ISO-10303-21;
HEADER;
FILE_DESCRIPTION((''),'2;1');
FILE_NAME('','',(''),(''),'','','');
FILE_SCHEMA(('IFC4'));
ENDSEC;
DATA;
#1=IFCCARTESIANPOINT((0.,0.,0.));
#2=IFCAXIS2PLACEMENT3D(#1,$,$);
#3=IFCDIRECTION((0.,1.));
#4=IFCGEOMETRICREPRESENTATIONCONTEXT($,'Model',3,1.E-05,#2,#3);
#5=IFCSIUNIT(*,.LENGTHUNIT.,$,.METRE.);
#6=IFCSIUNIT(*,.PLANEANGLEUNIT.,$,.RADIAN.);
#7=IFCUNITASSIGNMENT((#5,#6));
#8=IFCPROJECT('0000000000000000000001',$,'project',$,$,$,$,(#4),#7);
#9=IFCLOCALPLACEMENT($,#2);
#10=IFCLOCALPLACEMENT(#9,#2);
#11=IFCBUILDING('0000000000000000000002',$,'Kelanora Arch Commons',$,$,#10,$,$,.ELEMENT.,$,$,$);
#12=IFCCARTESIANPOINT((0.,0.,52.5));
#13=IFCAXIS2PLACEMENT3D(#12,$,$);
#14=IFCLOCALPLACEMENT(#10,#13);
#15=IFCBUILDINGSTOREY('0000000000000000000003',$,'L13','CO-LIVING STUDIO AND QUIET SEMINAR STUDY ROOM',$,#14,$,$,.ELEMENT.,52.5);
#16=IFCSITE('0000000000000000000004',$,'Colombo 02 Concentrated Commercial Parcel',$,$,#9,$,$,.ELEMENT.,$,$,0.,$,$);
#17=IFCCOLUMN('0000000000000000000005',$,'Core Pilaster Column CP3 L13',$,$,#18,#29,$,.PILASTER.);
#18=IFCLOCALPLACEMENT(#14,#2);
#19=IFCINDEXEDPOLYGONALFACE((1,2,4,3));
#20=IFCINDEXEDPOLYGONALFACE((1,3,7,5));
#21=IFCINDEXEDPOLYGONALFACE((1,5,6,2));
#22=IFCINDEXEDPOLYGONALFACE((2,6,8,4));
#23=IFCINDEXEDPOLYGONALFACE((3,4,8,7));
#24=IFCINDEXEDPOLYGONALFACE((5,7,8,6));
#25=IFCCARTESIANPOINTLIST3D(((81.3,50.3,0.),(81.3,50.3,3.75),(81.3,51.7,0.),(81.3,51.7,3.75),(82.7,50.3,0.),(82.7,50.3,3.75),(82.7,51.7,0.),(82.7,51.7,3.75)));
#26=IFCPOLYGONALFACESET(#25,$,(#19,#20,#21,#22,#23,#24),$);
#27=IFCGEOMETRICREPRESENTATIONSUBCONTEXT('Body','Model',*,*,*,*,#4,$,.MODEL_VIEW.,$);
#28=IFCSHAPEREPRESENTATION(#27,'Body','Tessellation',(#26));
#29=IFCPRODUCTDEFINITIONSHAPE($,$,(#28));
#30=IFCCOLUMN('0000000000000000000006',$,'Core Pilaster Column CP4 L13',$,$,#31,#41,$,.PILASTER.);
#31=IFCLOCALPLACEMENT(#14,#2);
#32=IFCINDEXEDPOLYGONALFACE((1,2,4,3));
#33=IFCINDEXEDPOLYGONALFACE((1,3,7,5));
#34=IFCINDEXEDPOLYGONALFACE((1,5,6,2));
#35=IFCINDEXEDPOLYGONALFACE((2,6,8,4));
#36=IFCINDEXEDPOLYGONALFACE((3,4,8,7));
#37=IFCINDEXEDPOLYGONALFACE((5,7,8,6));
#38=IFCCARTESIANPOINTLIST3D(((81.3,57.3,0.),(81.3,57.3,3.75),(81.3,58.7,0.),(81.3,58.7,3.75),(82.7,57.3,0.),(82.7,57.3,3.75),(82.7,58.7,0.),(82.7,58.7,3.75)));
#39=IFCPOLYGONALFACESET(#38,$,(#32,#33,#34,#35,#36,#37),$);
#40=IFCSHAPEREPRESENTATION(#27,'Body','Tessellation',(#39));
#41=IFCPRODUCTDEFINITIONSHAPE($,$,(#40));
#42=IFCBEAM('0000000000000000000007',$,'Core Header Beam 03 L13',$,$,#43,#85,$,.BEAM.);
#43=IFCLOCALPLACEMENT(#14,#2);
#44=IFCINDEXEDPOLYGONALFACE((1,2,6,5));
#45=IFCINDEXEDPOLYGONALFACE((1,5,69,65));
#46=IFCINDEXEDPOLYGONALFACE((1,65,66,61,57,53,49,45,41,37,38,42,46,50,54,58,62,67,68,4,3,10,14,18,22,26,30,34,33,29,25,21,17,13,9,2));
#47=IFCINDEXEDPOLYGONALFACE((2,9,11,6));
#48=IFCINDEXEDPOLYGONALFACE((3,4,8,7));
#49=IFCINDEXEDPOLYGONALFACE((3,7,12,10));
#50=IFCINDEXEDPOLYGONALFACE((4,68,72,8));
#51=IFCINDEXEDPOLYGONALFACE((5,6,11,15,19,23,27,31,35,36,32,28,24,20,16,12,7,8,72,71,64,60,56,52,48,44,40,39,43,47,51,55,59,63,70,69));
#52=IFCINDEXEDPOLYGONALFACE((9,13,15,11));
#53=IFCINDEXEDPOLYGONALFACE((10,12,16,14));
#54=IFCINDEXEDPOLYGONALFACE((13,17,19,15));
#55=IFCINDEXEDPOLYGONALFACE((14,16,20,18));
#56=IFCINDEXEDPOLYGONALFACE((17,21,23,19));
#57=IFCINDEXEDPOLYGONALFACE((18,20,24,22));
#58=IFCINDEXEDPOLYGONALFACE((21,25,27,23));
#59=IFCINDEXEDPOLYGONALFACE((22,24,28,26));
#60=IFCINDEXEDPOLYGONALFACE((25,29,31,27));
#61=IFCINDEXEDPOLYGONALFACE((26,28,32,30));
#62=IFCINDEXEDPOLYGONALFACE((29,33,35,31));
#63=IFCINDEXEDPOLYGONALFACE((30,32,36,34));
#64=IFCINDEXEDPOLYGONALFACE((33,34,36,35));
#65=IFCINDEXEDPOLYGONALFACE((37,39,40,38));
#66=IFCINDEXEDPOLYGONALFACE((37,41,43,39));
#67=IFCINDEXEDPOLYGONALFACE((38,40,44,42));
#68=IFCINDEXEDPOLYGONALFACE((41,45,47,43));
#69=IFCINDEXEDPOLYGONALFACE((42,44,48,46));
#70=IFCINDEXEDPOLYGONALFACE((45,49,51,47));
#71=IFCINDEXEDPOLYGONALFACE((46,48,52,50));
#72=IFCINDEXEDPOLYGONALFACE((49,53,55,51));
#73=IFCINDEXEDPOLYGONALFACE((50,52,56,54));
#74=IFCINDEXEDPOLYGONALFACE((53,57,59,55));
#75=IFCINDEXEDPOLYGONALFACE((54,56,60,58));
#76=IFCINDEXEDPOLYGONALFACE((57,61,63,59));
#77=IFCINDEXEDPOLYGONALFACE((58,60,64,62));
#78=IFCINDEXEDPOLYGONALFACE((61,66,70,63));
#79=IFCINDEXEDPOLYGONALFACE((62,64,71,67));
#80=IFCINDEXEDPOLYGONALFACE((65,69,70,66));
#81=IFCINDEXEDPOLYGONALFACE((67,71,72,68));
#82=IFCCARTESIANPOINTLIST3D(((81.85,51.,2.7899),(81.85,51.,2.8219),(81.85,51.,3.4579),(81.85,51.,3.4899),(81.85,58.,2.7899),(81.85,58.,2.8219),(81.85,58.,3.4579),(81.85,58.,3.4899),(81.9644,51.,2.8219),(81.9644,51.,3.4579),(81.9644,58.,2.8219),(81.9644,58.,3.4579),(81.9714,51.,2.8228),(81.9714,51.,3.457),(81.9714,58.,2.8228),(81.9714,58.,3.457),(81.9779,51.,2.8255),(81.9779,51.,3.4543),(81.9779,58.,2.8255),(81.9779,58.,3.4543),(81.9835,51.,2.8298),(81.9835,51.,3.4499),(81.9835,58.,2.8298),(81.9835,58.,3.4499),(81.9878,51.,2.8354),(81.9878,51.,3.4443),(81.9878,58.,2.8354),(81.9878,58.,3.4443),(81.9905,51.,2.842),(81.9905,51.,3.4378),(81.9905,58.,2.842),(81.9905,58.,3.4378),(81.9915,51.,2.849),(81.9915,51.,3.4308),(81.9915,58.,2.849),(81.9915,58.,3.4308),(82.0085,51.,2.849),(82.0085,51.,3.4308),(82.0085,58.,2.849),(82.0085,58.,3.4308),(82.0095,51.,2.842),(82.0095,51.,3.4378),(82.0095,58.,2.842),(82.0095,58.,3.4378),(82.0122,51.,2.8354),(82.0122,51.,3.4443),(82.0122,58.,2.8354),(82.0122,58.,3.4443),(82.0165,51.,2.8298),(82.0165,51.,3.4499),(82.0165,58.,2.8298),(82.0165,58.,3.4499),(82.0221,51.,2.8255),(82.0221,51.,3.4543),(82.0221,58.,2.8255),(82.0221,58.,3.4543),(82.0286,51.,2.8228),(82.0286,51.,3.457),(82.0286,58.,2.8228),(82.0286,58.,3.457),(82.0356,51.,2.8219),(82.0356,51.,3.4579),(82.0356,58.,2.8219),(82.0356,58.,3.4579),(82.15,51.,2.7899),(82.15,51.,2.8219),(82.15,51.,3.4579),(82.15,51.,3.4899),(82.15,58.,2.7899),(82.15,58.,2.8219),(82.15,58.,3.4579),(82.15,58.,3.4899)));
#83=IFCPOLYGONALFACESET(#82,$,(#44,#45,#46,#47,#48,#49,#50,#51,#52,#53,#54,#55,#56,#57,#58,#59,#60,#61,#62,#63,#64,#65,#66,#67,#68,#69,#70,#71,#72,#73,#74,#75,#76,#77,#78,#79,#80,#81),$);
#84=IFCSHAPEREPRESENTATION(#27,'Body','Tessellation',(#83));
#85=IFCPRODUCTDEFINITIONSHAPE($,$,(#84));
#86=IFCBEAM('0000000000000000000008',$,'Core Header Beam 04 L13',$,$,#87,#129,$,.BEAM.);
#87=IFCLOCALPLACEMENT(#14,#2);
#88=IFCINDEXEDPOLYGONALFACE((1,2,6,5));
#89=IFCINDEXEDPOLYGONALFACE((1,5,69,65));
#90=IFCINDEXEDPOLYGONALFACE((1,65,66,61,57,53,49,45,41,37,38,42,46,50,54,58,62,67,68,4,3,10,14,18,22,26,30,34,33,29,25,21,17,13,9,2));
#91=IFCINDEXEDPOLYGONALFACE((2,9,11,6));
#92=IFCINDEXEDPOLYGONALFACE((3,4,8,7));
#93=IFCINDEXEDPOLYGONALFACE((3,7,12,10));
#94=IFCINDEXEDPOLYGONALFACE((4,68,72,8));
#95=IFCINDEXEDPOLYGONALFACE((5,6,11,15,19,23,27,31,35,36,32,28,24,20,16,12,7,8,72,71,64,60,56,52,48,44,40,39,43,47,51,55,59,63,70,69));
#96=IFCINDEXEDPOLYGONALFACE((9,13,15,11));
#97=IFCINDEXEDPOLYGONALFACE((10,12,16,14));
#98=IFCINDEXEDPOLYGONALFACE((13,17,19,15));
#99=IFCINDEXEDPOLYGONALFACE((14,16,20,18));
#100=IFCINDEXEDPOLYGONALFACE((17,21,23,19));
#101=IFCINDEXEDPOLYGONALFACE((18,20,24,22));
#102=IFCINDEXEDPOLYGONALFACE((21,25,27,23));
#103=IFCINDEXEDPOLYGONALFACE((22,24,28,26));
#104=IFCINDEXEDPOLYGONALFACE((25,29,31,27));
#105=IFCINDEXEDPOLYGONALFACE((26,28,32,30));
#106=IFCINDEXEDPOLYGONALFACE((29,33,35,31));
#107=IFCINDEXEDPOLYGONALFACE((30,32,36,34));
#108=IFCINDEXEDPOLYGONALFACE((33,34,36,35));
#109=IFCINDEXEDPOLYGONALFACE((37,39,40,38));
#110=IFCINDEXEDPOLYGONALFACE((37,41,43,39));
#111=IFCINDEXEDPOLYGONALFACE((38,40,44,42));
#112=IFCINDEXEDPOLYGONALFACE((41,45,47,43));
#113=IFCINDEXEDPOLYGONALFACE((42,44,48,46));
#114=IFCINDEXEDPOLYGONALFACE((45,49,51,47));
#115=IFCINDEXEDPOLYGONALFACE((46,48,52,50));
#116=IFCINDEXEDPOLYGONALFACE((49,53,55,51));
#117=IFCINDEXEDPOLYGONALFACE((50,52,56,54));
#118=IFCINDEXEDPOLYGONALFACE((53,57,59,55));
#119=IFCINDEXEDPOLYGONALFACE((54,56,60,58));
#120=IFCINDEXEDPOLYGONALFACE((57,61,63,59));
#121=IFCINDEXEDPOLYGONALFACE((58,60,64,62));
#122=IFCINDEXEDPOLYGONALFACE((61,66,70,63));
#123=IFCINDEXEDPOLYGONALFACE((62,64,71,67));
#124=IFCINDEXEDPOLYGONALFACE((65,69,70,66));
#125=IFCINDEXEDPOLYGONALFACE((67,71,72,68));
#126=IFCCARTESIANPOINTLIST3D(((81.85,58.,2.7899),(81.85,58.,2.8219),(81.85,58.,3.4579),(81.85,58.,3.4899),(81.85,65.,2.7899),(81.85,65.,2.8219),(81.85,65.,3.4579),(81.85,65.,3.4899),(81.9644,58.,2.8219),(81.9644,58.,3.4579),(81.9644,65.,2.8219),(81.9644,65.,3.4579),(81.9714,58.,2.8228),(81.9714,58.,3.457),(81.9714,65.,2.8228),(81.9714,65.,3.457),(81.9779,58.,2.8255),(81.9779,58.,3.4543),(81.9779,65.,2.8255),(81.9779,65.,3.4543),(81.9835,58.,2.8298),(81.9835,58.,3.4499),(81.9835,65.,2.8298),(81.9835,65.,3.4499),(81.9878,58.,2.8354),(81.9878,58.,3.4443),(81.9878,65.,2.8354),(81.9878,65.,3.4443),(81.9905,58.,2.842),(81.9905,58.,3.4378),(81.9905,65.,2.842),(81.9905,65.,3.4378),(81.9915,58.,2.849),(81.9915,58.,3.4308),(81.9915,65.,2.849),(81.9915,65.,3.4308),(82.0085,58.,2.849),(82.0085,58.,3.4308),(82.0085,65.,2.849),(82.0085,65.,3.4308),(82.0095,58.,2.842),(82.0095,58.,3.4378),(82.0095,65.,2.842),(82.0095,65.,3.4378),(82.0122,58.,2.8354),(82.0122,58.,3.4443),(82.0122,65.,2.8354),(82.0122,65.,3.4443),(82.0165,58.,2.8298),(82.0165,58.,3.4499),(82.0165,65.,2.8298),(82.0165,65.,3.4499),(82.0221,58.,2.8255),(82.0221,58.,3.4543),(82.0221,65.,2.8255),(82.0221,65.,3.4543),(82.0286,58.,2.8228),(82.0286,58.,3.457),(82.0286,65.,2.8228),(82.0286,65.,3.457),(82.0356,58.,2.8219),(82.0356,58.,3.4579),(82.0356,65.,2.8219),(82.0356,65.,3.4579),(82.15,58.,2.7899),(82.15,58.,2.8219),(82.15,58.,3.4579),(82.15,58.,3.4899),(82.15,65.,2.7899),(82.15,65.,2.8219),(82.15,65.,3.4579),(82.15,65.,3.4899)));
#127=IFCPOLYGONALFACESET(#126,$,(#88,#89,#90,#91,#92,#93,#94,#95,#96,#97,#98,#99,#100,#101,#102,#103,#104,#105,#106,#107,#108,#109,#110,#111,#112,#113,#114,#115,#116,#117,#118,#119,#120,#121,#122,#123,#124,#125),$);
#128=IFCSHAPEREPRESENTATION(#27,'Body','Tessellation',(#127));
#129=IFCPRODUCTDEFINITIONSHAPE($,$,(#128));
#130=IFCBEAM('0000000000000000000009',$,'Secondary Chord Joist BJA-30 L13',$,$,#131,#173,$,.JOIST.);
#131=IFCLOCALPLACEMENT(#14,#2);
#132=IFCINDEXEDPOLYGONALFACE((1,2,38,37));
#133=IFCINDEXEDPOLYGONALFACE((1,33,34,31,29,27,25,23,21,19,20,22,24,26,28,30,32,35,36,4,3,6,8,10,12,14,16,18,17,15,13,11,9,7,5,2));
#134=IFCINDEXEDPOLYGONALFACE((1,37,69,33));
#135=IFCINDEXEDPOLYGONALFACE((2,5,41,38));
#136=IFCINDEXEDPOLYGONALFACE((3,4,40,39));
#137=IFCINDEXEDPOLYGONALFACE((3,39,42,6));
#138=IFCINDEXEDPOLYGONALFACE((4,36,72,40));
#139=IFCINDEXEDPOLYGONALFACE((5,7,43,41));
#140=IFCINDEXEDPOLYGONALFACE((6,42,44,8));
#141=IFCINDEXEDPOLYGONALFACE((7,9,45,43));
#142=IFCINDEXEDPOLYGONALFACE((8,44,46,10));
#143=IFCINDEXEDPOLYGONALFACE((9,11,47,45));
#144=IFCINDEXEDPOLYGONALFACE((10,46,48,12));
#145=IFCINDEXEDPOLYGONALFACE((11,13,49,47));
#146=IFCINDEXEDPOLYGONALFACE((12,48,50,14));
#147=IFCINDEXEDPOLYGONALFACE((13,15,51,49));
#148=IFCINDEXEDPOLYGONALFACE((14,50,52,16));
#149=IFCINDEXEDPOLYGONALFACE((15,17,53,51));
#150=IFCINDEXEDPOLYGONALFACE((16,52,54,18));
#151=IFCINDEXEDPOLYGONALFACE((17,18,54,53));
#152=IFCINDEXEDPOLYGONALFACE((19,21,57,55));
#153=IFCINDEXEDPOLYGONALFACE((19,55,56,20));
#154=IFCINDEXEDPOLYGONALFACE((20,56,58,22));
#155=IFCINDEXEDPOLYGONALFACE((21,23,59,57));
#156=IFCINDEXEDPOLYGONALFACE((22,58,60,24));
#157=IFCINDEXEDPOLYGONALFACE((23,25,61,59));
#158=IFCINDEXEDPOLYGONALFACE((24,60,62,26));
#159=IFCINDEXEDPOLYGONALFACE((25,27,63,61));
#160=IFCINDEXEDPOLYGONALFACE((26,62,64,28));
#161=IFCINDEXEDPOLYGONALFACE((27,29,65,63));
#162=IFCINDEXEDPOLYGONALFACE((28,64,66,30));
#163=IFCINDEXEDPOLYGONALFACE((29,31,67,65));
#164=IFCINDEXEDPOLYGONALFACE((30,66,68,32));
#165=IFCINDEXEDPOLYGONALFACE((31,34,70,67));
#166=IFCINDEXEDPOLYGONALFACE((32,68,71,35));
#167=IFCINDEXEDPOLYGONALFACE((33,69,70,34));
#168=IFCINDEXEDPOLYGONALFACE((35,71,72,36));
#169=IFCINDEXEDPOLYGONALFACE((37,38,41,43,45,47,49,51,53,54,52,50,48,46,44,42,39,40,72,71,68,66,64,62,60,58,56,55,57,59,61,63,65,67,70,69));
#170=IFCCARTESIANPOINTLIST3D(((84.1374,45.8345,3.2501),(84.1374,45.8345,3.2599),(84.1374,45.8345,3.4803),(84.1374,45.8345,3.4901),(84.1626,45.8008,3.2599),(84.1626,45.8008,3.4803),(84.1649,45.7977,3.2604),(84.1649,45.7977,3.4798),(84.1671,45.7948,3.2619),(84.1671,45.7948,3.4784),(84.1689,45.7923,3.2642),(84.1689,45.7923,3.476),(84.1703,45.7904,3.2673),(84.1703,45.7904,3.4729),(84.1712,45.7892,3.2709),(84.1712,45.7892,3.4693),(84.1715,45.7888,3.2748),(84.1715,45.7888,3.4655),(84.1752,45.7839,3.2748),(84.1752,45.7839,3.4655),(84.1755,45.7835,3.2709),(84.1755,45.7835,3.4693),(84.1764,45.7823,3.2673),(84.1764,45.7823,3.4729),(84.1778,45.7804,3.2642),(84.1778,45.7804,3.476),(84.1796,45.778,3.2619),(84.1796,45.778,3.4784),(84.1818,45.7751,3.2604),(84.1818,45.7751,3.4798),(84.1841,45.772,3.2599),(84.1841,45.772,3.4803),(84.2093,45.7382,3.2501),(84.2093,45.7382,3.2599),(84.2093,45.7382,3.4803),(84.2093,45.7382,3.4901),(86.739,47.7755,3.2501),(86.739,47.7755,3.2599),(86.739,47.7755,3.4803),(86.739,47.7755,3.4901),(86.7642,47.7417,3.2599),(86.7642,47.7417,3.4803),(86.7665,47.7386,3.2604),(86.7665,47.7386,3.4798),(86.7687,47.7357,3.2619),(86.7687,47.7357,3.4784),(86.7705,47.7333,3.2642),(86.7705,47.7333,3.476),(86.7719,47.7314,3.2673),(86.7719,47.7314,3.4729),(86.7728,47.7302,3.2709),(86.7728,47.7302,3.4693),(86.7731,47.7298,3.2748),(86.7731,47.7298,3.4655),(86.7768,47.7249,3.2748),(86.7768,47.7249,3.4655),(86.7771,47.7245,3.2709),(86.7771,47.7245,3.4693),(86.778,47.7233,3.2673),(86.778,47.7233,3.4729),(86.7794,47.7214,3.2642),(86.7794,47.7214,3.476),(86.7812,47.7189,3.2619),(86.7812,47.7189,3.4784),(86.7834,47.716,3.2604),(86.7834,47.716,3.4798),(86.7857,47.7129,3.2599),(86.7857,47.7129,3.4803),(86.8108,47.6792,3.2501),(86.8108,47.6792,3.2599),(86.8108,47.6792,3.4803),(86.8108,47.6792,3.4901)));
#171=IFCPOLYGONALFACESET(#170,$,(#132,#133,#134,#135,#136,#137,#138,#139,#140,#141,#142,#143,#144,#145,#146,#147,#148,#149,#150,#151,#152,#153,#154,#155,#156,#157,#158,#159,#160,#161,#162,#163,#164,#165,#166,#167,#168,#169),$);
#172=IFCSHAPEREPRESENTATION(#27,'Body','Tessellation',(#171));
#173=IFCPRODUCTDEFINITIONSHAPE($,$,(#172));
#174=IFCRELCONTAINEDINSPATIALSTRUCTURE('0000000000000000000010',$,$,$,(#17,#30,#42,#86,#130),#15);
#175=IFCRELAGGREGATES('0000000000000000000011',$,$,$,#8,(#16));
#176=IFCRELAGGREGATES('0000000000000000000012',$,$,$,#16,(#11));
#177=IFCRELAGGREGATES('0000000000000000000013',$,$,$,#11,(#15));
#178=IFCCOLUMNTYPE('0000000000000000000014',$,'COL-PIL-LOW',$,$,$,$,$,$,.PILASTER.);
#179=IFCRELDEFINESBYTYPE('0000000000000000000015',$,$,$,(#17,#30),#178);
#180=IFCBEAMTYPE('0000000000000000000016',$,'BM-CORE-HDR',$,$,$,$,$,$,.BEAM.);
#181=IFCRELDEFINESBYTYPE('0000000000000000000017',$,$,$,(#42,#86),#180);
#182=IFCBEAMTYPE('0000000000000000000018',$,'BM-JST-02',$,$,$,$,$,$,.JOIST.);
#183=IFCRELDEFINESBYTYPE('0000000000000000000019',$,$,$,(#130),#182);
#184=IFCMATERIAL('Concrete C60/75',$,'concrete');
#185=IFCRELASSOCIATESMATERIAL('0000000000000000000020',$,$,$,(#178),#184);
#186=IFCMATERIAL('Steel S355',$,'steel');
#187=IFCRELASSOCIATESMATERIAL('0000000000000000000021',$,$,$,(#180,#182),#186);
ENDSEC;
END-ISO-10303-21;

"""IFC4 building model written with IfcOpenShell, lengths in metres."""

from ifc_helpers import new_model, si_unit, direction, frame, origin, origin_2d, place, context, subcontext, project, spatial, rectangle, i_section, extrude, material, material_profile, profile_set, type_object, element, save


model = new_model("IFC4")

# Units and contexts
model_context = context("Model", 3, precision=1e-05, world=origin(), true_north=direction((0.0, 1.0)))
body_context = subcontext(model_context, "Body", "Model", "MODEL_VIEW")
ifc_project = project(units=[si_unit("LENGTHUNIT", "METRE"), si_unit("PLANEANGLEUNIT", "RADIAN")], contexts=[model_context])

# Site, building, storey
site_placement = place(None, origin())
site = spatial("IfcSite", under=ifc_project, at=site_placement, Name="Colombo 02 Concentrated Commercial Parcel", CompositionType="ELEMENT", RefElevation=0.0)
building_placement = place(site_placement, origin())
building = spatial("IfcBuilding", under=site, at=building_placement, Name="Kelanora Arch Commons", CompositionType="ELEMENT")
storey_placement = place(building_placement, frame((0.0, 0.0, 52.5)))
storey = spatial("IfcBuildingStorey", under=building, at=storey_placement, Name="L13", Description="CO-LIVING STUDIO AND QUIET SEMINAR STUDY ROOM", CompositionType="ELEMENT", Elevation=52.5)

# Columns
ifc_material_1 = material(Name="Concrete C60/75", Category="concrete")
ifc_material_profile_1 = material_profile(ifc_material_1, rectangle(XDim=1.3999, YDim=1.3999, at=origin_2d()), Name="RC1400x1400")
ifc_profile_set_1 = profile_set([ifc_material_profile_1], Name="Concrete C60/75")
column_type = type_object("IfcColumnType", Name="COL-PIL-LOW", PredefinedType="PILASTER", material=ifc_profile_set_1)
for number, where, z_axis, x_axis, name in (
    (1, (82.0, 51.0, 0.0), (0.0, 0.0, 1.0), (1.0, 0.0, 0.0), "Core Pilaster Column CP3 L13"),
    (2, (82.0, 58.0, 0.0), (0.0, 0.0, 1.0), (1.0, 0.0, 0.0), "Core Pilaster Column CP4 L13"),
):
    element("IfcColumn", number, at=place(storey_placement, frame(where, z_axis=z_axis, x_axis=x_axis)), inside=storey, type_object=column_type, Name=name, PredefinedType="PILASTER", context=body_context, shape_type="SweptSolid", body=[
        extrude(rectangle(XDim=1.3999, YDim=1.3999, at=origin_2d()), origin(), (0.0, 0.0, 1.0), 3.75),
    ])

# Beams
ifc_material_2 = material(Name="Steel S355", Category="steel")
ifc_material_profile_2 = material_profile(ifc_material_2, i_section(OverallWidth=0.3, OverallDepth=0.7, WebThickness=0.0171, FlangeThickness=0.032, FilletRadius=0.0271, at=origin_2d()), Name="HEB700")
ifc_profile_set_2 = profile_set([ifc_material_profile_2], Name="Steel S355")
beam_type_1 = type_object("IfcBeamType", Name="BM-CORE-HDR", PredefinedType="BEAM", material=ifc_profile_set_2)
for number, where, z_axis, x_axis, name in (
    (3, (82.0, 51.0, 3.1399), (0.0, 1.0, 0.0), (-1.0, 0.0, 0.0), "Core Header Beam 03 L13"),
    (4, (82.0, 58.0, 3.1399), (0.0, 1.0, 0.0), (-1.0, 0.0, 0.0), "Core Header Beam 04 L13"),
):
    element("IfcBeam", number, at=place(storey_placement, frame(where, z_axis=z_axis, x_axis=x_axis)), inside=storey, type_object=beam_type_1, Name=name, PredefinedType="BEAM", context=body_context, shape_type="SweptSolid", body=[
        extrude(i_section(OverallWidth=0.3, OverallDepth=0.7, WebThickness=0.0171, FlangeThickness=0.032, FilletRadius=0.0271, at=origin_2d()), origin(), (0.0, 0.0, 1.0), 7.0),
    ])
ifc_material_profile_3 = material_profile(ifc_material_2, i_section(OverallWidth=0.1201, OverallDepth=0.24, WebThickness=0.0061, FlangeThickness=0.0098, FilletRadius=0.0149, at=origin_2d()), Name="IPE240")
ifc_profile_set_3 = profile_set([ifc_material_profile_3], Name="Steel S355")
beam_type_2 = type_object("IfcBeamType", Name="BM-JST-02", PredefinedType="JOIST", material=ifc_profile_set_3)
beam_1_placement = place(storey_placement, frame((84.1733, 45.7864, 3.3701), z_axis=(0.801514, 0.597976, 0.0), x_axis=(-0.597976, 0.801514, 0.0)))
element("IfcBeam", 5, at=beam_1_placement, inside=storey, type_object=beam_type_2, Name="Secondary Chord Joist BJA-30 L13", PredefinedType="JOIST", context=body_context, shape_type="SweptSolid", body=[
    extrude(i_section(OverallWidth=0.1201, OverallDepth=0.24, WebThickness=0.0061, FlangeThickness=0.0098, FilletRadius=0.0149, at=origin_2d()), origin(), (0.0, 0.0, 1.0), 3.2458),
])

save(model, "model.ifc")
